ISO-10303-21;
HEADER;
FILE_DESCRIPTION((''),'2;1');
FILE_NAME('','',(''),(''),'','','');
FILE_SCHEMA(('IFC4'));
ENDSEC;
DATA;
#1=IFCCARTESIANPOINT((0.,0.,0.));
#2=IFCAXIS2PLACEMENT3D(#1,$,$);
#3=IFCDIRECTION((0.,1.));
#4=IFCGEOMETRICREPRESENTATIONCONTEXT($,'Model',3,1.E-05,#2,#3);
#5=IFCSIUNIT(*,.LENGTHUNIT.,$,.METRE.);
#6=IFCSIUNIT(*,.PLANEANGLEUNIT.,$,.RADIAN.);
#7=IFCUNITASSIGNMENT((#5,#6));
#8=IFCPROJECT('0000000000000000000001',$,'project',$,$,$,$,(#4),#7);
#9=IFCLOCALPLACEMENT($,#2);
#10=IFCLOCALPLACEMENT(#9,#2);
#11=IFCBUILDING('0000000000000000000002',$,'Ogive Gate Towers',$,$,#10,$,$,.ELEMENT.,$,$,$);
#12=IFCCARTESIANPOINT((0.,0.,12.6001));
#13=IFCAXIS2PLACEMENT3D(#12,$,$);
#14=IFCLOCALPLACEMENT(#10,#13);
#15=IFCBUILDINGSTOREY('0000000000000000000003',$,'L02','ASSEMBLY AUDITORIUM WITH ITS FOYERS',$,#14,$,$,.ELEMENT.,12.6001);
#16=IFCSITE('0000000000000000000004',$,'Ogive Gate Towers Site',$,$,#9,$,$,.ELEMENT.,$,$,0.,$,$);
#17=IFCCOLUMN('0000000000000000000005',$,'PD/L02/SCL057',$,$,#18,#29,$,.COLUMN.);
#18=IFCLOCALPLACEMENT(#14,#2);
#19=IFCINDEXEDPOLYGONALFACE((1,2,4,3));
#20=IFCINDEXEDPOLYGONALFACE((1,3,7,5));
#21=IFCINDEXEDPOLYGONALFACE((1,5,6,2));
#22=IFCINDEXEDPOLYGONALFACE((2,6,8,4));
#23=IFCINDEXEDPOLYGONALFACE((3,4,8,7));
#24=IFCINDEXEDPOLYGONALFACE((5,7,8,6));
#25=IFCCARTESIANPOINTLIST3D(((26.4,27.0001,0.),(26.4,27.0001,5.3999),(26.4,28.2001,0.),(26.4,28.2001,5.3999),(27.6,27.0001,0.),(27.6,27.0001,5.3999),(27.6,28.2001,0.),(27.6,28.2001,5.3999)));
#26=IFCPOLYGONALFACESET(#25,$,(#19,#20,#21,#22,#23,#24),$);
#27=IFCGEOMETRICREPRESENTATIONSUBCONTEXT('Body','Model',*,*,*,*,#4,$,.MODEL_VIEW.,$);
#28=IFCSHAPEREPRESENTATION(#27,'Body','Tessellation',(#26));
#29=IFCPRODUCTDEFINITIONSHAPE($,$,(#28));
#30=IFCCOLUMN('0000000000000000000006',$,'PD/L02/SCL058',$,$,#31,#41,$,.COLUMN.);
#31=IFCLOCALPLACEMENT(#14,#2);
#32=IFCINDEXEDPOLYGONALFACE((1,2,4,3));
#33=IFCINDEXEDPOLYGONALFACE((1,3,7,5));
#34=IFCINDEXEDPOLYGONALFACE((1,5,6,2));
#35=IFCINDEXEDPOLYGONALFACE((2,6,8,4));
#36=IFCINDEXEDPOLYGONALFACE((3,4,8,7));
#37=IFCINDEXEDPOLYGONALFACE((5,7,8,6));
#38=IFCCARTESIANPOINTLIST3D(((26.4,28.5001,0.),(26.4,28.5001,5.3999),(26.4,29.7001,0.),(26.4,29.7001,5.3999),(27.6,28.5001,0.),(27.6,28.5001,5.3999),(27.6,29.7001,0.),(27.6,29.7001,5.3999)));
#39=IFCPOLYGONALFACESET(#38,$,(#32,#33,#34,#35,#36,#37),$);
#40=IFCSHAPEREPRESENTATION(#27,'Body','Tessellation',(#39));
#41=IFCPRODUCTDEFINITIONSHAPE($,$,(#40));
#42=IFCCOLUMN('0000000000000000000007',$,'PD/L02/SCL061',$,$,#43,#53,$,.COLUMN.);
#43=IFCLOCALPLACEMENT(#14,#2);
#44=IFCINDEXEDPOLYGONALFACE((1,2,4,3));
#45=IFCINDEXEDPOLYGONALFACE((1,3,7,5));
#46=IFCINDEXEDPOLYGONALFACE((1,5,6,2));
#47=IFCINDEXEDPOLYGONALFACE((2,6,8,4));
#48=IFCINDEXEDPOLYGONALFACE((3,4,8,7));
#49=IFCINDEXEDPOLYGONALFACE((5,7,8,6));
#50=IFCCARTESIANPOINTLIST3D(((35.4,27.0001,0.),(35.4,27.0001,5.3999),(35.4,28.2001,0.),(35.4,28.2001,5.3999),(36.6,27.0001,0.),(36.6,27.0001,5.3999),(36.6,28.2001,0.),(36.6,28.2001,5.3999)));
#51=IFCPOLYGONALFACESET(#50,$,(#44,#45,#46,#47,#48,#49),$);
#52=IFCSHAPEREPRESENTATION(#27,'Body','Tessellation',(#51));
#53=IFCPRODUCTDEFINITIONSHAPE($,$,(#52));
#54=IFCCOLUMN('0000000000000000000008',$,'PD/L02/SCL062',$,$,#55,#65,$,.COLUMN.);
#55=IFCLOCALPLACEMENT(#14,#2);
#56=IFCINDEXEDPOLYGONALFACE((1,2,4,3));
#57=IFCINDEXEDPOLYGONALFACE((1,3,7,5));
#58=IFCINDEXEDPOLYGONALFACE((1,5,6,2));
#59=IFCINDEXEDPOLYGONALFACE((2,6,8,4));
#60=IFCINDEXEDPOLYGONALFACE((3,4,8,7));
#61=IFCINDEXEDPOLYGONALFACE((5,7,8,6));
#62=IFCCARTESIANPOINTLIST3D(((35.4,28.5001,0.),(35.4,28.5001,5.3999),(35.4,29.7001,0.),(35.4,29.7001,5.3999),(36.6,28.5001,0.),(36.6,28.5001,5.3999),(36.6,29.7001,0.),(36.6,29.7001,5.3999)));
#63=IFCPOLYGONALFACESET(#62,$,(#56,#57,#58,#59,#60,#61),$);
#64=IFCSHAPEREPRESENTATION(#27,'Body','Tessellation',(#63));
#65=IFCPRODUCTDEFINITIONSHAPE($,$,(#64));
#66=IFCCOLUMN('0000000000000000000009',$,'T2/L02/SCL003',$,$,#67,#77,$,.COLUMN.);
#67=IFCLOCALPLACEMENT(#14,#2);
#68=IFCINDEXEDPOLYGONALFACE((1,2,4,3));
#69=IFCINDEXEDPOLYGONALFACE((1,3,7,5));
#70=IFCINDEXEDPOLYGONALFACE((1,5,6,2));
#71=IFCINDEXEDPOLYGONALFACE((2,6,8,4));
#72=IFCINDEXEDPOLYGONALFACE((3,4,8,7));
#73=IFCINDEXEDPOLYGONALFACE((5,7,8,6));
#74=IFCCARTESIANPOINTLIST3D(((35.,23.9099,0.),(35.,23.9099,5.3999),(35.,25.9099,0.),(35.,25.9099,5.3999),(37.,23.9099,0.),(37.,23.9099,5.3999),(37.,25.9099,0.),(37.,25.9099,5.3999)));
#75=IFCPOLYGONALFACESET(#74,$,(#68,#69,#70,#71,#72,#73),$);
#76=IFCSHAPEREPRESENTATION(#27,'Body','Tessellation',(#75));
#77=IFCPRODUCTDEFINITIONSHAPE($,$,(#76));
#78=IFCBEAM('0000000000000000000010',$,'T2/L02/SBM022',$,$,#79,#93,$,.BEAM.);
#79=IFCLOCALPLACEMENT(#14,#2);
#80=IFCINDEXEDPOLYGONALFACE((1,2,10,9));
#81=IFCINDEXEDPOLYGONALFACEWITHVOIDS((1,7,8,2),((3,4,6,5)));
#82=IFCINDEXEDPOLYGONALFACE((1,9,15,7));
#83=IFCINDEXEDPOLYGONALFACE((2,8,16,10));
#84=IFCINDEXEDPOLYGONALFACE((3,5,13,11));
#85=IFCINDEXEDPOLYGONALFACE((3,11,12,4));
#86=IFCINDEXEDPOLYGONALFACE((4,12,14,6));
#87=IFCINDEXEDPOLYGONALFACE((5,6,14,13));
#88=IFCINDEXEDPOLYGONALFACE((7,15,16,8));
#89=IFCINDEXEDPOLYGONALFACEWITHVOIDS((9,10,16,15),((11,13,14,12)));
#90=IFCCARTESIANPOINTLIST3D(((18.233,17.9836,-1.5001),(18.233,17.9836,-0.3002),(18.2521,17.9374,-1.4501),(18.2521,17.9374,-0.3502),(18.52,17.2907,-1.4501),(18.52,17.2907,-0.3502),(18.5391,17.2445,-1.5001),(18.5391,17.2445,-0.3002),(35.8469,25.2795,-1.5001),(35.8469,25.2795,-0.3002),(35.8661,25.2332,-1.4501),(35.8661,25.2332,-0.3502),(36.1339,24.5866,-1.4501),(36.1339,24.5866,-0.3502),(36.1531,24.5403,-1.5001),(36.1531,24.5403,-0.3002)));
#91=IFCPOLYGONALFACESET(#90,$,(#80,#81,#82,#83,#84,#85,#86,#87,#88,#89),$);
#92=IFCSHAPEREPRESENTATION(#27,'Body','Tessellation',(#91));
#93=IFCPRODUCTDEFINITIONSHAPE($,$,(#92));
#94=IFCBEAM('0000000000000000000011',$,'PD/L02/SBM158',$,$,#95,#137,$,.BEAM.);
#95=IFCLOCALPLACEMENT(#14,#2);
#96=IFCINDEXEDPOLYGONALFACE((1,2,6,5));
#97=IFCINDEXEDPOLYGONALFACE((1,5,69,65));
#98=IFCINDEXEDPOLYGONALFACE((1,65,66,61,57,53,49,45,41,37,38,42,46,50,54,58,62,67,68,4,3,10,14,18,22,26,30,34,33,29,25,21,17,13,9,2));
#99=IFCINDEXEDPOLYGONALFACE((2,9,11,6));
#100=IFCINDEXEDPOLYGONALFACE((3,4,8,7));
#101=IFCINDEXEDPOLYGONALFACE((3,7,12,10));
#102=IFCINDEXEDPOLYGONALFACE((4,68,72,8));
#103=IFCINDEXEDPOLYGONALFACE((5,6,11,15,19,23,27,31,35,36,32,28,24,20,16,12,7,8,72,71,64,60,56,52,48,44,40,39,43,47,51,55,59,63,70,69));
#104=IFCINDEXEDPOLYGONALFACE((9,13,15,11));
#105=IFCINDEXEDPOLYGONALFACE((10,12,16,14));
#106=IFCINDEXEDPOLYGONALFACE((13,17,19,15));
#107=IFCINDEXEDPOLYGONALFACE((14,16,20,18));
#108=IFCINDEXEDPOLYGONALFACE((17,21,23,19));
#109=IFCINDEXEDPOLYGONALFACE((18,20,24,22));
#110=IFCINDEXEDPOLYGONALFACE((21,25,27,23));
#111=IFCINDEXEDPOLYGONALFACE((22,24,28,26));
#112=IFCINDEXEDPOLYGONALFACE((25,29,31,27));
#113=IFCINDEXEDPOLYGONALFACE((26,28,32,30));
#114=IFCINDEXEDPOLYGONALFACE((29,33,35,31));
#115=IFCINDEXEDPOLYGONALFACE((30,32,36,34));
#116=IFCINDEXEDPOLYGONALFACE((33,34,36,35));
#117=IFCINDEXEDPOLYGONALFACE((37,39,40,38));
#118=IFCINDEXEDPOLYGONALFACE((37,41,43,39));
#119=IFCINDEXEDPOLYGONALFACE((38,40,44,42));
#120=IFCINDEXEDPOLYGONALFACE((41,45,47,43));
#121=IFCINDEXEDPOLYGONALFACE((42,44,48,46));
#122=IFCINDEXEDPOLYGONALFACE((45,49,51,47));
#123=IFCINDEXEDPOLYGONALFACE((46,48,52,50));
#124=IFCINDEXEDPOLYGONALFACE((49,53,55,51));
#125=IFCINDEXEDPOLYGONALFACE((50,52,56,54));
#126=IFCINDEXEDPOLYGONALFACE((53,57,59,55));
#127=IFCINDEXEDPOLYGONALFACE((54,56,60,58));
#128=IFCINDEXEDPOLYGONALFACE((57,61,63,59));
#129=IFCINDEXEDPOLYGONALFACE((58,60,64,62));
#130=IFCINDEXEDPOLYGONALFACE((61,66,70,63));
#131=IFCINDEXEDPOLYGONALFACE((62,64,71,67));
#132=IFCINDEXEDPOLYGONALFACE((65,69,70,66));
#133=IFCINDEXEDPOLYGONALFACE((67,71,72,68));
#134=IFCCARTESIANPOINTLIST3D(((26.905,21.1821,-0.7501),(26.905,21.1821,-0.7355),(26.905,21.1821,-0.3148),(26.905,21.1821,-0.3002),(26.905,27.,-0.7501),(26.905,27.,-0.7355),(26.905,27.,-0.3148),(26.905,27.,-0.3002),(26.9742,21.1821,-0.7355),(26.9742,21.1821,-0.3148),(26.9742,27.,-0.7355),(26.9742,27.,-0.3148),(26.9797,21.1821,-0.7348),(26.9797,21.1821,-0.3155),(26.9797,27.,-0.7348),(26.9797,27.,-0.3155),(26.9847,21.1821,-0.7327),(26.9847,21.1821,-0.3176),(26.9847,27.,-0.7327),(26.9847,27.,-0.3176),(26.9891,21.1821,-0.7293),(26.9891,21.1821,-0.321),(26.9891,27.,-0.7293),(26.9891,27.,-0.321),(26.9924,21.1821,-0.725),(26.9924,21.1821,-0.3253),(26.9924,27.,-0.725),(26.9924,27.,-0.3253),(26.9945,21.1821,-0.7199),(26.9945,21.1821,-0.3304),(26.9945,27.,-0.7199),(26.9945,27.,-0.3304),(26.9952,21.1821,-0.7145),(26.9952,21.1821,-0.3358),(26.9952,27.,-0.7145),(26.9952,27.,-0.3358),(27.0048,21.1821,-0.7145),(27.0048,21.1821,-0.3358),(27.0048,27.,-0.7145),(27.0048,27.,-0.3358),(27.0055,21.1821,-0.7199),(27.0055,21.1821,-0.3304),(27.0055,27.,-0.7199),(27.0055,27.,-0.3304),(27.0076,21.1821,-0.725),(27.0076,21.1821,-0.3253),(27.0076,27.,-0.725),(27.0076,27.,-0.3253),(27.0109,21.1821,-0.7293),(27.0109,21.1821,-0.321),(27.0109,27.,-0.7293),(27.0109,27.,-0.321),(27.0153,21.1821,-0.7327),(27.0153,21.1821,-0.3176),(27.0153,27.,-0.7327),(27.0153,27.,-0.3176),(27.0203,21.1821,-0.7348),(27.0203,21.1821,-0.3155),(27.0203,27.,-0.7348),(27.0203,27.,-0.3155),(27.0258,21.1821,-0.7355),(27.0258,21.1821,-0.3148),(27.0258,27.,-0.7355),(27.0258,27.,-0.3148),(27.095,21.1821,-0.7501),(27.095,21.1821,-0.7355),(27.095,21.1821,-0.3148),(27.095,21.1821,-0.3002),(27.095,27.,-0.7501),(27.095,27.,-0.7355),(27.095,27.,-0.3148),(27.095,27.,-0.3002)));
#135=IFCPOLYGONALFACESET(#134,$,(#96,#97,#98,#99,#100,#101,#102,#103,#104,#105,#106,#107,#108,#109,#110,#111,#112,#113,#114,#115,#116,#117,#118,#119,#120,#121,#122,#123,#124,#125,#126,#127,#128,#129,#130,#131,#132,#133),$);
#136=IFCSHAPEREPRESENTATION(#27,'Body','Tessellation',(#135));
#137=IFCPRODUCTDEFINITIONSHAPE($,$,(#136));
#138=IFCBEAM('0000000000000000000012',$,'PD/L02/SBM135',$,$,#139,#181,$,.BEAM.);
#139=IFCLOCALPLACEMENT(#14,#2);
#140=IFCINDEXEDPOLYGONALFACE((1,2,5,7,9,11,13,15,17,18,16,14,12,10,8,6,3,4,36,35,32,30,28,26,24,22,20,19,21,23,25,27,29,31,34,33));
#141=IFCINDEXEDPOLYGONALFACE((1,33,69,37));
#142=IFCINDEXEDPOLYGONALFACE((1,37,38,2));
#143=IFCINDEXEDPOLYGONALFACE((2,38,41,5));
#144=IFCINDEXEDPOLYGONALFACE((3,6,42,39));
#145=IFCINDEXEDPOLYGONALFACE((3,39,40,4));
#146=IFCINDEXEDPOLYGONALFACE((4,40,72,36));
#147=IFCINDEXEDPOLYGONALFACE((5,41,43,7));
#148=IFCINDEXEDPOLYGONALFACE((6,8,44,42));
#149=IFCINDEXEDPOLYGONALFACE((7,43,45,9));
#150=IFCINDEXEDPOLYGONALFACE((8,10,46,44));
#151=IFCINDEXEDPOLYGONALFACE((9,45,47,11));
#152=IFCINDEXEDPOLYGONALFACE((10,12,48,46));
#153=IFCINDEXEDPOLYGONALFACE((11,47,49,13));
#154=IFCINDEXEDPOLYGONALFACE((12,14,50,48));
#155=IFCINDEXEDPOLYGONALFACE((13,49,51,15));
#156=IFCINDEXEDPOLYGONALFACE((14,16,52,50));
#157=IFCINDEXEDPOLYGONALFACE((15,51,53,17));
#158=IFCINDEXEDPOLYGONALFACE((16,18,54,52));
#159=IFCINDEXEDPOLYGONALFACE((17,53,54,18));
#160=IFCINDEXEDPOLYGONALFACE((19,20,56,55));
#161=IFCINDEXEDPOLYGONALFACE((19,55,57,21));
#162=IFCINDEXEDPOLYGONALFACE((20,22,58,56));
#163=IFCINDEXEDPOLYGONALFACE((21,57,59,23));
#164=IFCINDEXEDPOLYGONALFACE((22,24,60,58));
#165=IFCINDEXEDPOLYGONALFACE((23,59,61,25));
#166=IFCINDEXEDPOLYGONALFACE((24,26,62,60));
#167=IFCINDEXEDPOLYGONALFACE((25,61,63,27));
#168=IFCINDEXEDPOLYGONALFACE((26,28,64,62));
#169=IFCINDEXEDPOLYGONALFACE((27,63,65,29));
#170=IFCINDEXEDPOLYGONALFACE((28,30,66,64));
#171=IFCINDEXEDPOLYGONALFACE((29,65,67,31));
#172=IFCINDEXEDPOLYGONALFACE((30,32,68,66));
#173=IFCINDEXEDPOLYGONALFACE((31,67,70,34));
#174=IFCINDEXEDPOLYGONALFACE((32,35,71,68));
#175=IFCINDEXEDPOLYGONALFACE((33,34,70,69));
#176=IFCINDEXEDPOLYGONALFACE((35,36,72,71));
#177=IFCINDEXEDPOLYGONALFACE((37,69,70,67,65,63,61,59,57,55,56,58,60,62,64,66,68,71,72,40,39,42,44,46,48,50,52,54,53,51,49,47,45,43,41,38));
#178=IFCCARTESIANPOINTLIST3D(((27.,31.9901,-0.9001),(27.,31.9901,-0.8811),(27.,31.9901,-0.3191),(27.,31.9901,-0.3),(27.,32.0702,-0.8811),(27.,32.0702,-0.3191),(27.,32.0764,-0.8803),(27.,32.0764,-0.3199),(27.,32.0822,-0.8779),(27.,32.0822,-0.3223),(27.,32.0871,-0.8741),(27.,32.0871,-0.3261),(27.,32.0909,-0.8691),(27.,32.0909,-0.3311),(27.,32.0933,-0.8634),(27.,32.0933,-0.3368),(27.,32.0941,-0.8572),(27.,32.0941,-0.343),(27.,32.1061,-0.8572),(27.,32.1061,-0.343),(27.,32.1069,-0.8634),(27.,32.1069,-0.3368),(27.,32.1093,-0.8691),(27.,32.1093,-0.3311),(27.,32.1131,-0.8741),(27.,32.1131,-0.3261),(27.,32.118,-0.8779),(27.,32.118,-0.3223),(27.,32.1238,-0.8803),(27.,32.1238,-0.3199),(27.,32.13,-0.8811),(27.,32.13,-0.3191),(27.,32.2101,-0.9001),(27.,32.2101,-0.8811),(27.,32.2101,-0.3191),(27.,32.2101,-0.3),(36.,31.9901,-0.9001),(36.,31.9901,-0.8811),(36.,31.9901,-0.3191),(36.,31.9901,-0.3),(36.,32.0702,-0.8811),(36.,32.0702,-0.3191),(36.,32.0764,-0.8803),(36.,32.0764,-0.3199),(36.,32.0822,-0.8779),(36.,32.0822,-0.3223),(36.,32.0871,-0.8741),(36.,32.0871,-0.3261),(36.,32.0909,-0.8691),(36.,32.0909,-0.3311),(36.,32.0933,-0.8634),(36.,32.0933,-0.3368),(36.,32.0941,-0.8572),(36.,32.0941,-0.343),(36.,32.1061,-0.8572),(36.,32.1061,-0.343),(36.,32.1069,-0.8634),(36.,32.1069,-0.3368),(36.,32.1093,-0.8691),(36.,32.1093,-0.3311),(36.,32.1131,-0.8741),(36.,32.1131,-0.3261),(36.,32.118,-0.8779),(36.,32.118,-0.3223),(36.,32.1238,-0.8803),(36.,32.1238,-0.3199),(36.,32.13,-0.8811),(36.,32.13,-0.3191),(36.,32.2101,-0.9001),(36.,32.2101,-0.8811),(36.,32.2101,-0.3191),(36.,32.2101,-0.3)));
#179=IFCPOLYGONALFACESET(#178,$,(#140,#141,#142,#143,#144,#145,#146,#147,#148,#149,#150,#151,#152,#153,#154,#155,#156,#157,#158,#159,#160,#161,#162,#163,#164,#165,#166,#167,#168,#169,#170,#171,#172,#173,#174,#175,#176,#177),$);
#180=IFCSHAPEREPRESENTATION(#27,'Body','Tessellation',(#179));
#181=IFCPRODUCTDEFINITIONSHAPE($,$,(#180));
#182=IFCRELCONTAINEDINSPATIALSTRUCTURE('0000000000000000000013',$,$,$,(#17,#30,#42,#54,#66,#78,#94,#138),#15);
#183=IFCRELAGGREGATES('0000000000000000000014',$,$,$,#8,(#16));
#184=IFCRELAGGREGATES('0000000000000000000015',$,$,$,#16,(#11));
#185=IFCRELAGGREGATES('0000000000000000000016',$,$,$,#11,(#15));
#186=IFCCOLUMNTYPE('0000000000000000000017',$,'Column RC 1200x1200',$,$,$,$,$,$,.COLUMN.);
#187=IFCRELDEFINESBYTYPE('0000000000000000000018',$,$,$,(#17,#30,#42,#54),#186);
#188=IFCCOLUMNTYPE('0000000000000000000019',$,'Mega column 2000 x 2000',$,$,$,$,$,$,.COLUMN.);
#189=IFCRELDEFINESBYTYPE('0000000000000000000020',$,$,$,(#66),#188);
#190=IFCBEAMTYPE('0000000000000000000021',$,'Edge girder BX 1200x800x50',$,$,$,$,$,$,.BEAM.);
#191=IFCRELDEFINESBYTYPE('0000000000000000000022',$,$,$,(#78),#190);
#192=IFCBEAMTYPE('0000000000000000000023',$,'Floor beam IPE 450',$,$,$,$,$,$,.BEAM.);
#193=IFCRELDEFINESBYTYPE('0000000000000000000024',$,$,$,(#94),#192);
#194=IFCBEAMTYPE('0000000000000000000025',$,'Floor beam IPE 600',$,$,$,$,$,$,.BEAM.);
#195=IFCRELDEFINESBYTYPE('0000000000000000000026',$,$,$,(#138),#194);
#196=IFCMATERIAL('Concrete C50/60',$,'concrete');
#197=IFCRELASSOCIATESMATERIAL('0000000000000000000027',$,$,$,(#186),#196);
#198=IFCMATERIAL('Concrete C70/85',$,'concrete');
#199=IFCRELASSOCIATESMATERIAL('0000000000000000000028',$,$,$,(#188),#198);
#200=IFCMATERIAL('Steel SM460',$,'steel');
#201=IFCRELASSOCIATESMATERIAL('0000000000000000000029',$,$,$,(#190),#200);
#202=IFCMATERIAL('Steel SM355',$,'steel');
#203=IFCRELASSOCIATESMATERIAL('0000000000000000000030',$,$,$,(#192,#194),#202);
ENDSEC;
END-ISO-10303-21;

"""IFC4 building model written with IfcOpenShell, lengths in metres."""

from ifc_helpers import new_model, si_unit, direction, frame, origin, origin_2d, place, context, subcontext, project, spatial, rectangle, hollow_rectangle, i_section, extrude, material, material_profile, profile_set, type_object, element, save


model = new_model("IFC4")

# Units and contexts
model_context = context("Model", 3, precision=1e-05, world=origin(), true_north=direction((0.0, 1.0)))
body_context = subcontext(model_context, "Body", "Model", "MODEL_VIEW")
ifc_project = project(units=[si_unit("LENGTHUNIT", "METRE"), si_unit("PLANEANGLEUNIT", "RADIAN")], contexts=[model_context])

# Site, building, storey
site_placement = place(None, origin())
site = spatial("IfcSite", under=ifc_project, at=site_placement, Name="Ogive Gate Towers Site", CompositionType="ELEMENT", RefElevation=0.0)
building_placement = place(site_placement, origin())
building = spatial("IfcBuilding", under=site, at=building_placement, Name="Ogive Gate Towers", CompositionType="ELEMENT")
storey_placement = place(building_placement, frame((0.0, 0.0, 12.6001)))
storey = spatial("IfcBuildingStorey", under=building, at=storey_placement, Name="L02", Description="ASSEMBLY AUDITORIUM WITH ITS FOYERS", CompositionType="ELEMENT", Elevation=12.6001)

# Columns
ifc_material_1 = material(Name="Concrete C50/60", Category="concrete")
ifc_material_profile_1 = material_profile(ifc_material_1, rectangle(XDim=1.2, YDim=1.2, at=origin_2d()), Name="RC 1200x1200")
ifc_profile_set_1 = profile_set([ifc_material_profile_1], Name="Concrete C50/60")
column_type_1 = type_object("IfcColumnType", Name="Column RC 1200x1200", PredefinedType="COLUMN", material=ifc_profile_set_1)
for number, where, z_axis, x_axis, name in (
    (1, (27.0, 27.6001, 0.0), (0.0, 0.0, 1.0), (1.0, 0.0, 0.0), "PD/L02/SCL057"),
    (2, (27.0, 29.1001, 0.0), (0.0, 0.0, 1.0), (1.0, 0.0, 0.0), "PD/L02/SCL058"),
    (3, (36.0, 27.6001, 0.0), (0.0, 0.0, 1.0), (1.0, 0.0, 0.0), "PD/L02/SCL061"),
    (4, (36.0, 29.1001, 0.0), (0.0, 0.0, 1.0), (1.0, 0.0, 0.0), "PD/L02/SCL062"),
):
    element("IfcColumn", number, at=place(storey_placement, frame(where, z_axis=z_axis, x_axis=x_axis)), inside=storey, type_object=column_type_1, Name=name, PredefinedType="COLUMN", context=body_context, shape_type="SweptSolid", body=[
        extrude(rectangle(XDim=1.2, YDim=1.2, at=origin_2d()), origin(), (0.0, 0.0, 1.0), 5.3999),
    ])
ifc_material_2 = material(Name="Concrete C70/85", Category="concrete")
ifc_material_profile_2 = material_profile(ifc_material_2, rectangle(XDim=2.0, YDim=2.0, at=origin_2d()), Name="RC 2000x2000")
ifc_profile_set_2 = profile_set([ifc_material_profile_2], Name="Concrete C70/85")
column_type_2 = type_object("IfcColumnType", Name="Mega column 2000 x 2000", PredefinedType="COLUMN", material=ifc_profile_set_2)
column_placement = place(storey_placement, frame((36.0, 24.9099, 0.0), z_axis=(0.0, 0.0, 1.0), x_axis=(0.0, 1.0, 0.0)))
element("IfcColumn", 5, at=column_placement, inside=storey, type_object=column_type_2, Name="T2/L02/SCL003", PredefinedType="COLUMN", context=body_context, shape_type="SweptSolid", body=[
    extrude(rectangle(XDim=2.0, YDim=2.0, at=origin_2d()), origin(), (0.0, 0.0, 1.0), 5.3999),
])

# Beams
ifc_material_3 = material(Name="Steel SM460", Category="steel")
ifc_material_profile_3 = material_profile(ifc_material_3, hollow_rectangle(XDim=0.8, YDim=1.2, WallThickness=0.05, at=origin_2d()), Name="BX 1200x800x50")
ifc_profile_set_3 = profile_set([ifc_material_profile_3], Name="Steel SM460")
beam_type_1 = type_object("IfcBeamType", Name="Edge girder BX 1200x800x50", PredefinedType="BEAM", material=ifc_profile_set_3)
beam_1_placement = place(storey_placement, frame((36.0, 24.9099, -0.9001), z_axis=(-0.923881, -0.382681, 0.0), x_axis=(0.382681, -0.923881, 0.0)))
element("IfcBeam", 6, at=beam_1_placement, inside=storey, type_object=beam_type_1, Name="T2/L02/SBM022", PredefinedType="BEAM", context=body_context, shape_type="SweptSolid", body=[
    extrude(hollow_rectangle(XDim=0.8, YDim=1.2, WallThickness=0.05, at=origin_2d()), origin(), (0.0, 0.0, 1.0), 19.0652),
])
ifc_material_4 = material(Name="Steel SM355", Category="steel")
ifc_material_profile_4 = material_profile(ifc_material_4, i_section(OverallWidth=0.1899, OverallDepth=0.45, WebThickness=0.0095, FlangeThickness=0.0146, FilletRadius=0.021, at=origin_2d()), Name="IPE 450")
ifc_profile_set_4 = profile_set([ifc_material_profile_4], Name="Steel SM355")
beam_type_2 = type_object("IfcBeamType", Name="Floor beam IPE 450", PredefinedType="BEAM", material=ifc_profile_set_4)
beam_2_placement = place(storey_placement, frame((27.0, 27.0, -0.5251), z_axis=(0.0, -1.0, 0.0), x_axis=(1.0, 0.0, 0.0)))
element("IfcBeam", 7, at=beam_2_placement, inside=storey, type_object=beam_type_2, Name="PD/L02/SBM158", PredefinedType="BEAM", context=body_context, shape_type="SweptSolid", body=[
    extrude(i_section(OverallWidth=0.1899, OverallDepth=0.45, WebThickness=0.0095, FlangeThickness=0.0146, FilletRadius=0.021, at=origin_2d()), origin(), (0.0, 0.0, 1.0), 5.8179),
])
ifc_material_profile_5 = material_profile(ifc_material_4, i_section(OverallWidth=0.22, OverallDepth=0.6001, WebThickness=0.012, FlangeThickness=0.019, FilletRadius=0.0239, at=origin_2d()), Name="IPE 600")
ifc_profile_set_5 = profile_set([ifc_material_profile_5], Name="Steel SM355")
beam_type_3 = type_object("IfcBeamType", Name="Floor beam IPE 600", PredefinedType="BEAM", material=ifc_profile_set_5)
for number, where, z_axis, x_axis, name in (
    (8, (27.0, 32.1001, -0.6001), (1.0, 0.0, 0.0), (0.0, 1.0, 0.0), "PD/L02/SBM135"),
):
    element("IfcBeam", number, at=place(storey_placement, frame(where, z_axis=z_axis, x_axis=x_axis)), inside=storey, type_object=beam_type_3, Name=name, PredefinedType="BEAM", context=body_context, shape_type="SweptSolid", body=[
        extrude(i_section(OverallWidth=0.22, OverallDepth=0.6001, WebThickness=0.012, FlangeThickness=0.019, FilletRadius=0.0239, at=origin_2d()), origin(), (0.0, 0.0, 1.0), 9.0),
    ])

save(model, "model.ifc")
